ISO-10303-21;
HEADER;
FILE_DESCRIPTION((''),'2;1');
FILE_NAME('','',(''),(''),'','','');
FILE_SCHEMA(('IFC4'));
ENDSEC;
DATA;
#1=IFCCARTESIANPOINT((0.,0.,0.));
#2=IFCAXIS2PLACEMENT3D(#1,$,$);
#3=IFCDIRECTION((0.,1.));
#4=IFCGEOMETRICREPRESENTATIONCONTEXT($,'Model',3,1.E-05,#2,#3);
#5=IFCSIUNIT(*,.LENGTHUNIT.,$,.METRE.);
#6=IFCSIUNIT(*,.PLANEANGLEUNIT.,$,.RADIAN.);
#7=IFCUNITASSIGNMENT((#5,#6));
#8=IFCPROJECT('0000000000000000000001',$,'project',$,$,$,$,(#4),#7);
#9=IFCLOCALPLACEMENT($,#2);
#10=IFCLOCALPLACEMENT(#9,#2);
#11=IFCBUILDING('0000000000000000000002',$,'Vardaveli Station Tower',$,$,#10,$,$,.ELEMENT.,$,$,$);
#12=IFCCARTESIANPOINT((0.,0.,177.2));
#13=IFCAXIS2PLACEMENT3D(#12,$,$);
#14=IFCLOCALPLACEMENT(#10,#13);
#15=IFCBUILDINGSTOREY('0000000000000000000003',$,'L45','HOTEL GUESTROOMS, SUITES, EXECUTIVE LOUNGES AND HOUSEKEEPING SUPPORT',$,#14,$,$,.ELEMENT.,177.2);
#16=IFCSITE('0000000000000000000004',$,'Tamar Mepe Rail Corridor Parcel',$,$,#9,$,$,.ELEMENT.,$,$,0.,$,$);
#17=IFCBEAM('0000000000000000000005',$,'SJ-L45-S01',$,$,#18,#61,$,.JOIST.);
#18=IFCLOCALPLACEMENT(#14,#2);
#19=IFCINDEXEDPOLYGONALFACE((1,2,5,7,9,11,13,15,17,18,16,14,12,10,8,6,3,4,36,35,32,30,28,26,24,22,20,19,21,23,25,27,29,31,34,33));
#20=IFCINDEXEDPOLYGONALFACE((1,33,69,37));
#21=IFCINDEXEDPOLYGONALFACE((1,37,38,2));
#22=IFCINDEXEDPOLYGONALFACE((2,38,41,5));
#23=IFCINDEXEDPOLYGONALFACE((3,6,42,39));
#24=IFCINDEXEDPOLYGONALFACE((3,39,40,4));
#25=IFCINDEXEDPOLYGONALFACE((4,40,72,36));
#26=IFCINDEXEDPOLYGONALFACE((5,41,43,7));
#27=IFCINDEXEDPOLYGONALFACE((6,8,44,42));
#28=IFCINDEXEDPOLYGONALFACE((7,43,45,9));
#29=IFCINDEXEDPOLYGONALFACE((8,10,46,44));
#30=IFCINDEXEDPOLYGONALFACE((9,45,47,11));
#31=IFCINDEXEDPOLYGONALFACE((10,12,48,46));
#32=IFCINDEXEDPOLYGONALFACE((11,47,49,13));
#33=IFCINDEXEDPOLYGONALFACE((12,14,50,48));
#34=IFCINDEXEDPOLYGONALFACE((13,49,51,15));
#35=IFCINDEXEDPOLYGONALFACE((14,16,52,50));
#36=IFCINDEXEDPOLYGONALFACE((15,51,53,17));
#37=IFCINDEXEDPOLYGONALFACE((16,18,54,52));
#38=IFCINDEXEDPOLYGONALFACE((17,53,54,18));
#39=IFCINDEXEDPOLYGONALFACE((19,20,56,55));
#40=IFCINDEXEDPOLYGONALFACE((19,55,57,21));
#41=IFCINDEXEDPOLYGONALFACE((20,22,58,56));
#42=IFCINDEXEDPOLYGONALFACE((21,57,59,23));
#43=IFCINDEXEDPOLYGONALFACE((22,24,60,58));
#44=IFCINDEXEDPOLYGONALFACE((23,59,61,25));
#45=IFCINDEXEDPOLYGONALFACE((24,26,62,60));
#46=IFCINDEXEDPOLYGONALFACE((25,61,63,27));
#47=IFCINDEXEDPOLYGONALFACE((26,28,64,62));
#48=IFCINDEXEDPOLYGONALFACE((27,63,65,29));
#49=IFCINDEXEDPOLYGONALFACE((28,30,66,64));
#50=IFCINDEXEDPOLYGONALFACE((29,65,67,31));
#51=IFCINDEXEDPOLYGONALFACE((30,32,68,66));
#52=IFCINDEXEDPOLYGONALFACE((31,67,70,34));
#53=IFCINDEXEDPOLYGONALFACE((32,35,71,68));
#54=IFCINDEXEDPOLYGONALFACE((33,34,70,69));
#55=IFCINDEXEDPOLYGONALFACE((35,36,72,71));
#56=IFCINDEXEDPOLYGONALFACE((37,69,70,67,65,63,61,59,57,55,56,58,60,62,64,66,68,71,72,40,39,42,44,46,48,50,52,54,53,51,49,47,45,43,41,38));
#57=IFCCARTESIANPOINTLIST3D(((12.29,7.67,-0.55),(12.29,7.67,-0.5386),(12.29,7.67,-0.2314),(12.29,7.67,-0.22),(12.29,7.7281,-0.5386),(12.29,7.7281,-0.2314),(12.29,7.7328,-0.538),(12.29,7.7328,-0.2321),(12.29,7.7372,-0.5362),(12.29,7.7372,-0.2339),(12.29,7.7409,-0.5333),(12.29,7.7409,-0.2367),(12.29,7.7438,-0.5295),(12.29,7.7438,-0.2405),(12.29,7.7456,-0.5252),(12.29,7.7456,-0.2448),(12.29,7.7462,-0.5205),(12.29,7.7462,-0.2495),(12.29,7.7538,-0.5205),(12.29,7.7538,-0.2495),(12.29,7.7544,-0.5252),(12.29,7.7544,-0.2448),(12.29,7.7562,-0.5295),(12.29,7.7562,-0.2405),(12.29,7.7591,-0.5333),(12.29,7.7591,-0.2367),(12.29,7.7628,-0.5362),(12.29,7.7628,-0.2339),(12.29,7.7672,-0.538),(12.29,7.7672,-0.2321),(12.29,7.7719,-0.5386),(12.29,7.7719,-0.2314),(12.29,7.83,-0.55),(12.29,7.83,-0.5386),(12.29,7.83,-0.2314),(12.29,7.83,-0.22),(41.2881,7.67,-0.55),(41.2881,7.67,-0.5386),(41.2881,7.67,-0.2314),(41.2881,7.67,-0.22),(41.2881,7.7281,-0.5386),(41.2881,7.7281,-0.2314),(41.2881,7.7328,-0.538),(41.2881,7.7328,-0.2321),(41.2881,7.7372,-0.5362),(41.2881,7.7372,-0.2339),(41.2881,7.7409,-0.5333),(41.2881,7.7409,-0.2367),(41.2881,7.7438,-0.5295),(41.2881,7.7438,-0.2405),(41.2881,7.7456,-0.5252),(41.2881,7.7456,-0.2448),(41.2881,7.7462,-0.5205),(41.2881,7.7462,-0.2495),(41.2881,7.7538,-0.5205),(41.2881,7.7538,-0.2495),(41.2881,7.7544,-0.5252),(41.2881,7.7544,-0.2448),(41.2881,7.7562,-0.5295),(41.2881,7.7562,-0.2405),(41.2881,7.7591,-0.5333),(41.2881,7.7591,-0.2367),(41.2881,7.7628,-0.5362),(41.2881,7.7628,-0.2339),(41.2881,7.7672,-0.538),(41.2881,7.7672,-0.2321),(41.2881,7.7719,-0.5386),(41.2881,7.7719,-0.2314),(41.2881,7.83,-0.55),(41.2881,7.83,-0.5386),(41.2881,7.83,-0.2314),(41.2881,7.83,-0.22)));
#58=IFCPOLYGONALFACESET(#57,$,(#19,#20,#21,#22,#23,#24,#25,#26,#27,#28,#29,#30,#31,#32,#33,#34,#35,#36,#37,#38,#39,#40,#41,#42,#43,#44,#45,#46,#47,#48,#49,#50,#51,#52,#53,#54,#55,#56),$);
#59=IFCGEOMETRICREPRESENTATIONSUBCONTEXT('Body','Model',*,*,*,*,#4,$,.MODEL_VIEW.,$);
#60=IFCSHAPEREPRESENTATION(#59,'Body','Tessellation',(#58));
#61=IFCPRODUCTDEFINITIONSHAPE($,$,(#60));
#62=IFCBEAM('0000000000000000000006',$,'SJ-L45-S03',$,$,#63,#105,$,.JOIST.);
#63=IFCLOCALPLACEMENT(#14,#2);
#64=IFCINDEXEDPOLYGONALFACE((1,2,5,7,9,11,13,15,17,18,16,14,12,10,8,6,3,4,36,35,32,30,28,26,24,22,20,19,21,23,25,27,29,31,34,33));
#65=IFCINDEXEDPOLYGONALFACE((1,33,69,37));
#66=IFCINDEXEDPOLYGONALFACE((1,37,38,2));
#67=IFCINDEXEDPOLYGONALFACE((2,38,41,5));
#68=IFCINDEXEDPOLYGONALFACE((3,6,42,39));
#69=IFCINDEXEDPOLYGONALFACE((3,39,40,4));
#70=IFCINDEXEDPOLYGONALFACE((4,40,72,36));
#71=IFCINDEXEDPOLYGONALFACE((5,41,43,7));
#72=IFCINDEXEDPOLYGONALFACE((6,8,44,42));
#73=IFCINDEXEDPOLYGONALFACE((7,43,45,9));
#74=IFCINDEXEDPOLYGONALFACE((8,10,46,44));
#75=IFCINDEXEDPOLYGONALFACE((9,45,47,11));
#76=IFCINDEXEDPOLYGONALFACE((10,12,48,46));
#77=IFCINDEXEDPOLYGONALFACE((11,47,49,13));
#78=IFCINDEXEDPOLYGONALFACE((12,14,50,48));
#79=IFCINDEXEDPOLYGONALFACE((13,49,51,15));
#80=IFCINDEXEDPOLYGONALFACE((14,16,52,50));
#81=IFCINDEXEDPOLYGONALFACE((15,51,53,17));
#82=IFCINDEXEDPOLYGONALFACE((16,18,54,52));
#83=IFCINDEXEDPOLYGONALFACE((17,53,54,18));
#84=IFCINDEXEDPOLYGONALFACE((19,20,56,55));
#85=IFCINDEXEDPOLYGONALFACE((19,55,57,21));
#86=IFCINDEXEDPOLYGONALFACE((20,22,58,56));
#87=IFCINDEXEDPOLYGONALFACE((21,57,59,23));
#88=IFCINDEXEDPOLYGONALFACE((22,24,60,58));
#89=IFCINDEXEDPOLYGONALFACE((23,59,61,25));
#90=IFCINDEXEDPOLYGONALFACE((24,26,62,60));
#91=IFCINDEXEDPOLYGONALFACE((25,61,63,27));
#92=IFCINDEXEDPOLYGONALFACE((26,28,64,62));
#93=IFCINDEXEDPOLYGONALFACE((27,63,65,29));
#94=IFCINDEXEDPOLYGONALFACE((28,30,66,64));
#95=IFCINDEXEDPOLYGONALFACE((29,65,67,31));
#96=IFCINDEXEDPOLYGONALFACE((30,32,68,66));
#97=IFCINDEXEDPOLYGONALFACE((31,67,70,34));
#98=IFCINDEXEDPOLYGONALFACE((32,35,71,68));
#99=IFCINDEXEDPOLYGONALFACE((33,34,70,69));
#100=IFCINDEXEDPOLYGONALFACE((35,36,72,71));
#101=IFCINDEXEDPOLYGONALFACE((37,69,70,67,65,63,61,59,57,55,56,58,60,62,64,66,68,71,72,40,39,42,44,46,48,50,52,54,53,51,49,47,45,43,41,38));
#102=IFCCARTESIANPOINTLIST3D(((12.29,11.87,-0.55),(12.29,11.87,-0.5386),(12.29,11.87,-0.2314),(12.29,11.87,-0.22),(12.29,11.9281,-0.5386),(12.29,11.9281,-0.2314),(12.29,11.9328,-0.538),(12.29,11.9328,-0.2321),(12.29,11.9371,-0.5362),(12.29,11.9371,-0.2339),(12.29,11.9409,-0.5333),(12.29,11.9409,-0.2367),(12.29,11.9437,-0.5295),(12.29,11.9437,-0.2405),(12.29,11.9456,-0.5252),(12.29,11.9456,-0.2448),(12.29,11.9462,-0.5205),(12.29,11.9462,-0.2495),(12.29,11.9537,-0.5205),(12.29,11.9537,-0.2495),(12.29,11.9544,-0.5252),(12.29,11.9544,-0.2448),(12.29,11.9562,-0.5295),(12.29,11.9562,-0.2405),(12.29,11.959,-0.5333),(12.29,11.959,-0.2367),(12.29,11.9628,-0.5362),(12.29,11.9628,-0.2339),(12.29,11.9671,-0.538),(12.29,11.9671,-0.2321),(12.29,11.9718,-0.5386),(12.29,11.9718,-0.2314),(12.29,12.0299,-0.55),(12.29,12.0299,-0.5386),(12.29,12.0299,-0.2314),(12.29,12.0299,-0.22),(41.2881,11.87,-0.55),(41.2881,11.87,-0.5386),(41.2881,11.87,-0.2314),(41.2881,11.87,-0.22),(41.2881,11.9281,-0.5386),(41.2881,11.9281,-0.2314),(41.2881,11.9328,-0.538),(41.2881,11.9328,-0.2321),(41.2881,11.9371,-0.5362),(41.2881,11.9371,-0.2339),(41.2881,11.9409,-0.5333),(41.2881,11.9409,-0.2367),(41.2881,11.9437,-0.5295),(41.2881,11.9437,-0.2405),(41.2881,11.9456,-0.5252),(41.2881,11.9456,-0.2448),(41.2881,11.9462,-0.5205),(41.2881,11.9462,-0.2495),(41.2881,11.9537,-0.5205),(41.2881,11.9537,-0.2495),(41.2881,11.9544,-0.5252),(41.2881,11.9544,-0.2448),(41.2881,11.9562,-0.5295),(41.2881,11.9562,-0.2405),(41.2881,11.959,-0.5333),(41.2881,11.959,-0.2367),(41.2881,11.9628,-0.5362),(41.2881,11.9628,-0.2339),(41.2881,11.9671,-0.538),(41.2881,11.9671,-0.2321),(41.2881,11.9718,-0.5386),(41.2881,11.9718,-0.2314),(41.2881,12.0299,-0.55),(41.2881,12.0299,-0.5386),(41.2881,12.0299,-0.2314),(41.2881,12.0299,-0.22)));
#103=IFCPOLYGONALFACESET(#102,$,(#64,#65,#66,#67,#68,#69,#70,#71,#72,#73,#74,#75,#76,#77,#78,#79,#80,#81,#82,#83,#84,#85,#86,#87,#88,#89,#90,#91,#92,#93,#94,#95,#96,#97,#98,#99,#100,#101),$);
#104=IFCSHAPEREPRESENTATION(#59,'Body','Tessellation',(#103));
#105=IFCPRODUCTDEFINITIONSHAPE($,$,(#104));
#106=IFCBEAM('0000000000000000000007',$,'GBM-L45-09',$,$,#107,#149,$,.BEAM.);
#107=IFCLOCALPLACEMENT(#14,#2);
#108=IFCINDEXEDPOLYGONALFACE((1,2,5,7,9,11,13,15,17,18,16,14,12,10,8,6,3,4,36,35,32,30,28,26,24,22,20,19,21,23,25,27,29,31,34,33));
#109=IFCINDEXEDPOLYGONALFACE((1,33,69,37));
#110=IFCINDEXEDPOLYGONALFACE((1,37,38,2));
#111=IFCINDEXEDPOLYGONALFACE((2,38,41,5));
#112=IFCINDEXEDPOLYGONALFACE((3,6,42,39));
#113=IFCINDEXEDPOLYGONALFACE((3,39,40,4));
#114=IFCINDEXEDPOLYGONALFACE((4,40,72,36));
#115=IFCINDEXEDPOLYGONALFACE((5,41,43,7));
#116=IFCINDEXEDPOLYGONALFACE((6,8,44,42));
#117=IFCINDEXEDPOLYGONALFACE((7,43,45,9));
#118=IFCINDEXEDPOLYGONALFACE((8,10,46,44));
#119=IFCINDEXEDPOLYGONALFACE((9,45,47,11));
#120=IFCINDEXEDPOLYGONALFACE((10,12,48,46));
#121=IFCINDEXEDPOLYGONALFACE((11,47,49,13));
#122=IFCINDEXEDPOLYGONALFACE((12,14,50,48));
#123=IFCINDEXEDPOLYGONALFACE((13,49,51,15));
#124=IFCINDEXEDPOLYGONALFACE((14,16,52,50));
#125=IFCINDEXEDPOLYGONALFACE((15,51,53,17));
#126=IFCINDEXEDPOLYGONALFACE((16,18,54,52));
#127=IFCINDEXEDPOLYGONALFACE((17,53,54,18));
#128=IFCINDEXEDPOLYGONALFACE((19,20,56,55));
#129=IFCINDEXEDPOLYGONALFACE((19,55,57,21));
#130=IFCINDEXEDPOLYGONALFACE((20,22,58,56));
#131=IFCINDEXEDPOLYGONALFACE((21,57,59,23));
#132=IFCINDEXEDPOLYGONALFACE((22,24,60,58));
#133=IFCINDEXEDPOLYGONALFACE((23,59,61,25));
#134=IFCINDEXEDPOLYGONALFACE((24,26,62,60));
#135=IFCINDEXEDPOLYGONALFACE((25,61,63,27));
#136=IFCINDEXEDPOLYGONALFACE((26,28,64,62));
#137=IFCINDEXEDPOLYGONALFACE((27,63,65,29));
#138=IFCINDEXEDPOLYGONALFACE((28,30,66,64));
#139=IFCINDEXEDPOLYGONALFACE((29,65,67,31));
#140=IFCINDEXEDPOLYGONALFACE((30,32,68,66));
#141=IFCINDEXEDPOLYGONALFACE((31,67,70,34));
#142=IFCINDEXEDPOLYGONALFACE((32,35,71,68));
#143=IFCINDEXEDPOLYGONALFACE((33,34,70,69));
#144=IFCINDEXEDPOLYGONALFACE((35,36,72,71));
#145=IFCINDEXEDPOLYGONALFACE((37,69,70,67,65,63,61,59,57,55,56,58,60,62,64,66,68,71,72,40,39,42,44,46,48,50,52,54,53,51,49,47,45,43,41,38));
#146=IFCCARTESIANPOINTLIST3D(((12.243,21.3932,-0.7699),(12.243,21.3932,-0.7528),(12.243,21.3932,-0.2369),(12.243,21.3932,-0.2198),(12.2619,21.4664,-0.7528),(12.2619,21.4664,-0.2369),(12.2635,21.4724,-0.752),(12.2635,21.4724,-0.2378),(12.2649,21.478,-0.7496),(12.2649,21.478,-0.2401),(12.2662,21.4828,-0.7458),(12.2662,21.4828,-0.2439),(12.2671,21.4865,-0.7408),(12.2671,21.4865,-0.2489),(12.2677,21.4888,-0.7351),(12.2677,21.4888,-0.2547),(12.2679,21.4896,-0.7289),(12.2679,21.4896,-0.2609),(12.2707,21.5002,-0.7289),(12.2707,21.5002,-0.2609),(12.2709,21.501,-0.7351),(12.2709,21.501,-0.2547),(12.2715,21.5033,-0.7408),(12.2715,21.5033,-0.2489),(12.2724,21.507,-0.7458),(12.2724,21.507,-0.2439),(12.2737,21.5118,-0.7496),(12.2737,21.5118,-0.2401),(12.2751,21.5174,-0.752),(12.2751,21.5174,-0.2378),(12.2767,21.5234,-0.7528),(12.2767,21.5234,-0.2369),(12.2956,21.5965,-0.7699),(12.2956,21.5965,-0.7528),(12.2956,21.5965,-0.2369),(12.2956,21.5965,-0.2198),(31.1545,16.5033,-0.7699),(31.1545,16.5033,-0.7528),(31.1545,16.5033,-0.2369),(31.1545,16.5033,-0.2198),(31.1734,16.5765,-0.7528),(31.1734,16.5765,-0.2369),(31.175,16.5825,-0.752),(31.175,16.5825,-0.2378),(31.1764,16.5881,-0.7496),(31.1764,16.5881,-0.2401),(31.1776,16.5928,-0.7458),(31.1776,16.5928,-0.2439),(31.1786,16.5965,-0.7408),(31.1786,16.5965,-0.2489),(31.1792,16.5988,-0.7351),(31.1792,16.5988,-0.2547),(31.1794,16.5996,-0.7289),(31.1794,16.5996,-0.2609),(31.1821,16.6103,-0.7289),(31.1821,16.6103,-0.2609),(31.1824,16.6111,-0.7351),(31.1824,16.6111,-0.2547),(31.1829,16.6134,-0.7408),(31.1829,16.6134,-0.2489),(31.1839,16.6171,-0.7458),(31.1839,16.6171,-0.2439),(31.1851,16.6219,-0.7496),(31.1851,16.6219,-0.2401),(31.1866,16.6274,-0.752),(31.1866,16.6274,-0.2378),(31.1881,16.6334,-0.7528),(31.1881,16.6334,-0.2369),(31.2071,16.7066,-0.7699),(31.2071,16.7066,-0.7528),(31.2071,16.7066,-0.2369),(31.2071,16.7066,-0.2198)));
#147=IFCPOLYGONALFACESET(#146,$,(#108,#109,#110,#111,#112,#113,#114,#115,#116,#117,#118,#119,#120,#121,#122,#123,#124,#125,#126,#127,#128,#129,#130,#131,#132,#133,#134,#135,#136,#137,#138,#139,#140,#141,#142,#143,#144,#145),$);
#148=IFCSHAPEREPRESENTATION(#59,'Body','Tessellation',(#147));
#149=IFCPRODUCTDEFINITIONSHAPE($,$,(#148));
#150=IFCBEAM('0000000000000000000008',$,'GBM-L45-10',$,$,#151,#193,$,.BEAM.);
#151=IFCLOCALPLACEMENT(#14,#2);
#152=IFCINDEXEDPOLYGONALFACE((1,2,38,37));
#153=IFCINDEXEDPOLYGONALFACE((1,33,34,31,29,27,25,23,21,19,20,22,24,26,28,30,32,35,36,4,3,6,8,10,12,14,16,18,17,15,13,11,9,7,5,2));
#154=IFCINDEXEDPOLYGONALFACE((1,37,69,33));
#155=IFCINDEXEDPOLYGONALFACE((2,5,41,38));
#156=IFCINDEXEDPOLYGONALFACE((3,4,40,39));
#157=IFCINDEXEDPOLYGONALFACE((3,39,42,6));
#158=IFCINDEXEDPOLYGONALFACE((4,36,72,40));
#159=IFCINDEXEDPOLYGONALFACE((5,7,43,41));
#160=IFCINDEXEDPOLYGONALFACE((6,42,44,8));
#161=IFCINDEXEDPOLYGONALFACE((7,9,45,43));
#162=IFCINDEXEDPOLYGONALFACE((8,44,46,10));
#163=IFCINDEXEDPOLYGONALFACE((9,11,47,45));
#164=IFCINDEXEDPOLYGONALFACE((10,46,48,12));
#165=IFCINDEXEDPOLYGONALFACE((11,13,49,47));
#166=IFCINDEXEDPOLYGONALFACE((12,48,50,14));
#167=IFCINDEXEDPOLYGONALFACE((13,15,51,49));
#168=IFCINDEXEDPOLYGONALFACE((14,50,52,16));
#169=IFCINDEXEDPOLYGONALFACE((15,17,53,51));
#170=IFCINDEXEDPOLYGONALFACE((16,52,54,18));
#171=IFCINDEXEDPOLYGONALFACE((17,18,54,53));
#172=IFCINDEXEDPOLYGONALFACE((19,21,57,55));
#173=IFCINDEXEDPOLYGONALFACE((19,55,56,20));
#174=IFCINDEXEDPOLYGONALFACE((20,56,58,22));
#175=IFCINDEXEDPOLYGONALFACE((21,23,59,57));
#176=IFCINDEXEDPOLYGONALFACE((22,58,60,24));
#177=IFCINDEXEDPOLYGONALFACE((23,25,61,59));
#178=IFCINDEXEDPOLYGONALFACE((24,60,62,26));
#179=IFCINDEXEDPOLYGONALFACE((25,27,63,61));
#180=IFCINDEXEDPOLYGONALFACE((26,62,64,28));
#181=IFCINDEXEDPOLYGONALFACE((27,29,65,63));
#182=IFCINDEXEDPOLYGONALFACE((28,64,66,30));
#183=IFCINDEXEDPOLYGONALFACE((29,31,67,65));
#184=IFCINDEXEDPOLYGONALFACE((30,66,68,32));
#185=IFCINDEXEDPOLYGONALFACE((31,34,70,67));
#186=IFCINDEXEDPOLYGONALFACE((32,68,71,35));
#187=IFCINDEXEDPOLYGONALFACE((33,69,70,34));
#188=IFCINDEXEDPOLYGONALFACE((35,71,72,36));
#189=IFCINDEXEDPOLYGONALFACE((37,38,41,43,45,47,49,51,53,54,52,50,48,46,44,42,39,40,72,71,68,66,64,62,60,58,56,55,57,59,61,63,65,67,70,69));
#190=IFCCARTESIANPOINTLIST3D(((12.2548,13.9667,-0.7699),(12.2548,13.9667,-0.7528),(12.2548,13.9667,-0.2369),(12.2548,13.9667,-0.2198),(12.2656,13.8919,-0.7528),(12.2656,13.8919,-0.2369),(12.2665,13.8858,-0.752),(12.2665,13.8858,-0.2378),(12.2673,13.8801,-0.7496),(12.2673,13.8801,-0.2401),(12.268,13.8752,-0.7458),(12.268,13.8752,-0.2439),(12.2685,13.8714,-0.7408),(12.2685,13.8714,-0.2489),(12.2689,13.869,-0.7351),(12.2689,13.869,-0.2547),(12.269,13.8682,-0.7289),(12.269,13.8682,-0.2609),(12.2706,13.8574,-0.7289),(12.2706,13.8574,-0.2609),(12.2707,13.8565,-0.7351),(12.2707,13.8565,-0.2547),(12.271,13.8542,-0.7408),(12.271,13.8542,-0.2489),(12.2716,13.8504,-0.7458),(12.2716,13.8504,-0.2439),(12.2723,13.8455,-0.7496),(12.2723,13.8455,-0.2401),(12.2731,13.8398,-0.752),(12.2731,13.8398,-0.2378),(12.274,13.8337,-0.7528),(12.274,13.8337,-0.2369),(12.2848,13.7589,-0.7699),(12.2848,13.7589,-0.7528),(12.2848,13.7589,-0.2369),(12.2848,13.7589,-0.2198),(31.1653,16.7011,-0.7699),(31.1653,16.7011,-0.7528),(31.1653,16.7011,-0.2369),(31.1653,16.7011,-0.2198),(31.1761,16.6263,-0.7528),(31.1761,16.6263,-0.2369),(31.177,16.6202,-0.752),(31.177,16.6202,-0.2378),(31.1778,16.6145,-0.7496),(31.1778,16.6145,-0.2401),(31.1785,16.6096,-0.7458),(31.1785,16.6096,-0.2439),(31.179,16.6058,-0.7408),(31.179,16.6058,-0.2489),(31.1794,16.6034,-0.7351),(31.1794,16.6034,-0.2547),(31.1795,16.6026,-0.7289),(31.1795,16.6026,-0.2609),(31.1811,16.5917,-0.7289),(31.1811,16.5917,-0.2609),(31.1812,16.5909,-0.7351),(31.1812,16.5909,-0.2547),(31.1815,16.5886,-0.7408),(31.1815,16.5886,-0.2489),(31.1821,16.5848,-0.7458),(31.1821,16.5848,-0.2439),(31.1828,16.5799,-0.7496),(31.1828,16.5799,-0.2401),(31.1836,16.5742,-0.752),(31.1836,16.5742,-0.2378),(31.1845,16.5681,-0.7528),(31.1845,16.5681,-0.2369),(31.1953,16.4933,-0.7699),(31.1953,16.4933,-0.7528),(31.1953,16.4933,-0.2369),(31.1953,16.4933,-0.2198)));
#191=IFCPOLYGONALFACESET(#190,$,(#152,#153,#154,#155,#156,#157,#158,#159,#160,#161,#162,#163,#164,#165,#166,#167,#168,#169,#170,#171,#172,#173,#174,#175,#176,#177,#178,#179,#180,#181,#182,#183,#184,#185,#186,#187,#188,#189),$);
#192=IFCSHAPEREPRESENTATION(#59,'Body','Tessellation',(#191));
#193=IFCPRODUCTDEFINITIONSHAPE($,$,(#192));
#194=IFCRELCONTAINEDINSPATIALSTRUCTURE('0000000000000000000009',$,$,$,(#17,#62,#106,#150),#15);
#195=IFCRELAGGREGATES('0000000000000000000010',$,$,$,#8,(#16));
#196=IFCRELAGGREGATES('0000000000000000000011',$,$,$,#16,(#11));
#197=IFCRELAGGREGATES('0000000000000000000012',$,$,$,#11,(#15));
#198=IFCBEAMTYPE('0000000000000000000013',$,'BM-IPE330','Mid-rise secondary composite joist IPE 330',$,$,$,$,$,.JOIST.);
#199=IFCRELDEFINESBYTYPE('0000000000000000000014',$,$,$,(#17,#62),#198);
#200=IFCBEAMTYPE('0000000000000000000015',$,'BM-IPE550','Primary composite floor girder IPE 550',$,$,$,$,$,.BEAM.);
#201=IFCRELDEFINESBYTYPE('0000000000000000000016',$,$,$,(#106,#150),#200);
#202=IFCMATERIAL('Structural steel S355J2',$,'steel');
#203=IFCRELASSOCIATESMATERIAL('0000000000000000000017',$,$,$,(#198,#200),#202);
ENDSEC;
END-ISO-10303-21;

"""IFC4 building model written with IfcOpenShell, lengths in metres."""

from ifc_helpers import new_model, si_unit, direction, frame, origin, origin_2d, place, context, subcontext, project, spatial, i_section, extrude, source, transform, mapped, material, material_profile, profile_set, type_object, element, save


model = new_model("IFC4")

# Units and contexts
model_context = context("Model", 3, precision=1e-05, world=origin(), true_north=direction((0.0, 1.0)))
body_context = subcontext(model_context, "Body", "Model", "MODEL_VIEW")
ifc_project = project(units=[si_unit("LENGTHUNIT", "METRE"), si_unit("PLANEANGLEUNIT", "RADIAN")], contexts=[model_context])

# Site, building, storey
site_placement = place(None, origin())
site = spatial("IfcSite", under=ifc_project, at=site_placement, Name="Tamar Mepe Rail Corridor Parcel", CompositionType="ELEMENT", RefElevation=0.0)
building_placement = place(site_placement, origin())
building = spatial("IfcBuilding", under=site, at=building_placement, Name="Vardaveli Station Tower", CompositionType="ELEMENT")
storey_placement = place(building_placement, frame((0.0, 0.0, 177.2)))
storey = spatial("IfcBuildingStorey", under=building, at=storey_placement, Name="L45", Description="HOTEL GUESTROOMS, SUITES, EXECUTIVE LOUNGES AND HOUSEKEEPING SUPPORT", CompositionType="ELEMENT", Elevation=177.2)

# Beams
ifc_material_1 = material(Name="Structural steel S355J2", Category="steel")
ifc_material_profile_1 = material_profile(ifc_material_1, i_section(OverallWidth=0.1599, OverallDepth=0.3301, WebThickness=0.0076, FlangeThickness=0.0115, FilletRadius=0.0181, at=origin_2d()), Name="IPE 330")
ifc_profile_set_1 = profile_set([ifc_material_profile_1], Name="Structural steel S355J2")
beam_type_1 = type_object("IfcBeamType", Name="BM-IPE330", Description="Mid-rise secondary composite joist IPE 330", PredefinedType="JOIST", material=ifc_profile_set_1)
shared_shape_1 = source(origin(), body_context, "Body", "SweptSolid", [
    extrude(i_section(OverallWidth=0.1599, OverallDepth=0.3301, WebThickness=0.0076, FlangeThickness=0.0115, FilletRadius=0.0181, at=origin_2d()), origin(), (0.0, 0.0, 1.0), 28.998),
])
for number, where, z_axis, x_axis, name in (
    (1, (12.29, 7.75, -0.385), (1.0, 0.0, 0.0), (0.0, 1.0, 0.0), "SJ-L45-S01"),
    (2, (12.29, 11.95, -0.385), (1.0, 0.0, 0.0), (0.0, 1.0, 0.0), "SJ-L45-S03"),
):
    element("IfcBeam", number, at=place(storey_placement, frame(where, z_axis=z_axis, x_axis=x_axis)), inside=storey, type_object=beam_type_1, Name=name, PredefinedType="JOIST", context=body_context, shape_type="MappedRepresentation", body=[
        mapped(shared_shape_1, transform((0.0, 0.0, 0.0), scale=1.0)),
    ])
ifc_material_profile_2 = material_profile(ifc_material_1, i_section(OverallWidth=0.21, OverallDepth=0.55, WebThickness=0.011, FlangeThickness=0.0171, FilletRadius=0.0239, at=origin_2d()), Name="IPE 550")
ifc_profile_set_2 = profile_set([ifc_material_profile_2], Name="Structural steel S355J2")
beam_type_2 = type_object("IfcBeamType", Name="BM-IPE550", Description="Primary composite floor girder IPE 550", PredefinedType="BEAM", material=ifc_profile_set_2)
shared_shape_2 = source(origin(), body_context, "Body", "SweptSolid", [
    extrude(i_section(OverallWidth=0.21, OverallDepth=0.55, WebThickness=0.011, FlangeThickness=0.0171, FilletRadius=0.0239, at=origin_2d()), origin(), (0.0, 0.0, 1.0), 19.5334),
])
beam_1_placement = place(storey_placement, frame((12.2693, 21.4949, -0.4949), z_axis=(0.968159, -0.250336, 0.0), x_axis=(0.250336, 0.968159, 0.0)))
element("IfcBeam", 3, at=beam_1_placement, inside=storey, type_object=beam_type_2, Name="GBM-L45-09", PredefinedType="BEAM", context=body_context, shape_type="MappedRepresentation", body=[
    mapped(shared_shape_2, transform((0.0, 0.0, 0.0), scale=1.0)),
])
shared_shape_3 = source(origin(), body_context, "Body", "SweptSolid", [
    extrude(i_section(OverallWidth=0.21, OverallDepth=0.55, WebThickness=0.011, FlangeThickness=0.0171, FilletRadius=0.0239, at=origin_2d()), origin(), (0.0, 0.0, 1.0), 19.1072),
])
beam_2_placement = place(storey_placement, frame((12.2698, 13.8628, -0.4949), z_axis=(0.989707, 0.143108, 0.0), x_axis=(-0.143108, 0.989707, 0.0)))
element("IfcBeam", 4, at=beam_2_placement, inside=storey, type_object=beam_type_2, Name="GBM-L45-10", PredefinedType="BEAM", context=body_context, shape_type="MappedRepresentation", body=[
    mapped(shared_shape_3, transform((0.0, 0.0, 0.0), scale=1.0)),
])

save(model, "model.ifc")
